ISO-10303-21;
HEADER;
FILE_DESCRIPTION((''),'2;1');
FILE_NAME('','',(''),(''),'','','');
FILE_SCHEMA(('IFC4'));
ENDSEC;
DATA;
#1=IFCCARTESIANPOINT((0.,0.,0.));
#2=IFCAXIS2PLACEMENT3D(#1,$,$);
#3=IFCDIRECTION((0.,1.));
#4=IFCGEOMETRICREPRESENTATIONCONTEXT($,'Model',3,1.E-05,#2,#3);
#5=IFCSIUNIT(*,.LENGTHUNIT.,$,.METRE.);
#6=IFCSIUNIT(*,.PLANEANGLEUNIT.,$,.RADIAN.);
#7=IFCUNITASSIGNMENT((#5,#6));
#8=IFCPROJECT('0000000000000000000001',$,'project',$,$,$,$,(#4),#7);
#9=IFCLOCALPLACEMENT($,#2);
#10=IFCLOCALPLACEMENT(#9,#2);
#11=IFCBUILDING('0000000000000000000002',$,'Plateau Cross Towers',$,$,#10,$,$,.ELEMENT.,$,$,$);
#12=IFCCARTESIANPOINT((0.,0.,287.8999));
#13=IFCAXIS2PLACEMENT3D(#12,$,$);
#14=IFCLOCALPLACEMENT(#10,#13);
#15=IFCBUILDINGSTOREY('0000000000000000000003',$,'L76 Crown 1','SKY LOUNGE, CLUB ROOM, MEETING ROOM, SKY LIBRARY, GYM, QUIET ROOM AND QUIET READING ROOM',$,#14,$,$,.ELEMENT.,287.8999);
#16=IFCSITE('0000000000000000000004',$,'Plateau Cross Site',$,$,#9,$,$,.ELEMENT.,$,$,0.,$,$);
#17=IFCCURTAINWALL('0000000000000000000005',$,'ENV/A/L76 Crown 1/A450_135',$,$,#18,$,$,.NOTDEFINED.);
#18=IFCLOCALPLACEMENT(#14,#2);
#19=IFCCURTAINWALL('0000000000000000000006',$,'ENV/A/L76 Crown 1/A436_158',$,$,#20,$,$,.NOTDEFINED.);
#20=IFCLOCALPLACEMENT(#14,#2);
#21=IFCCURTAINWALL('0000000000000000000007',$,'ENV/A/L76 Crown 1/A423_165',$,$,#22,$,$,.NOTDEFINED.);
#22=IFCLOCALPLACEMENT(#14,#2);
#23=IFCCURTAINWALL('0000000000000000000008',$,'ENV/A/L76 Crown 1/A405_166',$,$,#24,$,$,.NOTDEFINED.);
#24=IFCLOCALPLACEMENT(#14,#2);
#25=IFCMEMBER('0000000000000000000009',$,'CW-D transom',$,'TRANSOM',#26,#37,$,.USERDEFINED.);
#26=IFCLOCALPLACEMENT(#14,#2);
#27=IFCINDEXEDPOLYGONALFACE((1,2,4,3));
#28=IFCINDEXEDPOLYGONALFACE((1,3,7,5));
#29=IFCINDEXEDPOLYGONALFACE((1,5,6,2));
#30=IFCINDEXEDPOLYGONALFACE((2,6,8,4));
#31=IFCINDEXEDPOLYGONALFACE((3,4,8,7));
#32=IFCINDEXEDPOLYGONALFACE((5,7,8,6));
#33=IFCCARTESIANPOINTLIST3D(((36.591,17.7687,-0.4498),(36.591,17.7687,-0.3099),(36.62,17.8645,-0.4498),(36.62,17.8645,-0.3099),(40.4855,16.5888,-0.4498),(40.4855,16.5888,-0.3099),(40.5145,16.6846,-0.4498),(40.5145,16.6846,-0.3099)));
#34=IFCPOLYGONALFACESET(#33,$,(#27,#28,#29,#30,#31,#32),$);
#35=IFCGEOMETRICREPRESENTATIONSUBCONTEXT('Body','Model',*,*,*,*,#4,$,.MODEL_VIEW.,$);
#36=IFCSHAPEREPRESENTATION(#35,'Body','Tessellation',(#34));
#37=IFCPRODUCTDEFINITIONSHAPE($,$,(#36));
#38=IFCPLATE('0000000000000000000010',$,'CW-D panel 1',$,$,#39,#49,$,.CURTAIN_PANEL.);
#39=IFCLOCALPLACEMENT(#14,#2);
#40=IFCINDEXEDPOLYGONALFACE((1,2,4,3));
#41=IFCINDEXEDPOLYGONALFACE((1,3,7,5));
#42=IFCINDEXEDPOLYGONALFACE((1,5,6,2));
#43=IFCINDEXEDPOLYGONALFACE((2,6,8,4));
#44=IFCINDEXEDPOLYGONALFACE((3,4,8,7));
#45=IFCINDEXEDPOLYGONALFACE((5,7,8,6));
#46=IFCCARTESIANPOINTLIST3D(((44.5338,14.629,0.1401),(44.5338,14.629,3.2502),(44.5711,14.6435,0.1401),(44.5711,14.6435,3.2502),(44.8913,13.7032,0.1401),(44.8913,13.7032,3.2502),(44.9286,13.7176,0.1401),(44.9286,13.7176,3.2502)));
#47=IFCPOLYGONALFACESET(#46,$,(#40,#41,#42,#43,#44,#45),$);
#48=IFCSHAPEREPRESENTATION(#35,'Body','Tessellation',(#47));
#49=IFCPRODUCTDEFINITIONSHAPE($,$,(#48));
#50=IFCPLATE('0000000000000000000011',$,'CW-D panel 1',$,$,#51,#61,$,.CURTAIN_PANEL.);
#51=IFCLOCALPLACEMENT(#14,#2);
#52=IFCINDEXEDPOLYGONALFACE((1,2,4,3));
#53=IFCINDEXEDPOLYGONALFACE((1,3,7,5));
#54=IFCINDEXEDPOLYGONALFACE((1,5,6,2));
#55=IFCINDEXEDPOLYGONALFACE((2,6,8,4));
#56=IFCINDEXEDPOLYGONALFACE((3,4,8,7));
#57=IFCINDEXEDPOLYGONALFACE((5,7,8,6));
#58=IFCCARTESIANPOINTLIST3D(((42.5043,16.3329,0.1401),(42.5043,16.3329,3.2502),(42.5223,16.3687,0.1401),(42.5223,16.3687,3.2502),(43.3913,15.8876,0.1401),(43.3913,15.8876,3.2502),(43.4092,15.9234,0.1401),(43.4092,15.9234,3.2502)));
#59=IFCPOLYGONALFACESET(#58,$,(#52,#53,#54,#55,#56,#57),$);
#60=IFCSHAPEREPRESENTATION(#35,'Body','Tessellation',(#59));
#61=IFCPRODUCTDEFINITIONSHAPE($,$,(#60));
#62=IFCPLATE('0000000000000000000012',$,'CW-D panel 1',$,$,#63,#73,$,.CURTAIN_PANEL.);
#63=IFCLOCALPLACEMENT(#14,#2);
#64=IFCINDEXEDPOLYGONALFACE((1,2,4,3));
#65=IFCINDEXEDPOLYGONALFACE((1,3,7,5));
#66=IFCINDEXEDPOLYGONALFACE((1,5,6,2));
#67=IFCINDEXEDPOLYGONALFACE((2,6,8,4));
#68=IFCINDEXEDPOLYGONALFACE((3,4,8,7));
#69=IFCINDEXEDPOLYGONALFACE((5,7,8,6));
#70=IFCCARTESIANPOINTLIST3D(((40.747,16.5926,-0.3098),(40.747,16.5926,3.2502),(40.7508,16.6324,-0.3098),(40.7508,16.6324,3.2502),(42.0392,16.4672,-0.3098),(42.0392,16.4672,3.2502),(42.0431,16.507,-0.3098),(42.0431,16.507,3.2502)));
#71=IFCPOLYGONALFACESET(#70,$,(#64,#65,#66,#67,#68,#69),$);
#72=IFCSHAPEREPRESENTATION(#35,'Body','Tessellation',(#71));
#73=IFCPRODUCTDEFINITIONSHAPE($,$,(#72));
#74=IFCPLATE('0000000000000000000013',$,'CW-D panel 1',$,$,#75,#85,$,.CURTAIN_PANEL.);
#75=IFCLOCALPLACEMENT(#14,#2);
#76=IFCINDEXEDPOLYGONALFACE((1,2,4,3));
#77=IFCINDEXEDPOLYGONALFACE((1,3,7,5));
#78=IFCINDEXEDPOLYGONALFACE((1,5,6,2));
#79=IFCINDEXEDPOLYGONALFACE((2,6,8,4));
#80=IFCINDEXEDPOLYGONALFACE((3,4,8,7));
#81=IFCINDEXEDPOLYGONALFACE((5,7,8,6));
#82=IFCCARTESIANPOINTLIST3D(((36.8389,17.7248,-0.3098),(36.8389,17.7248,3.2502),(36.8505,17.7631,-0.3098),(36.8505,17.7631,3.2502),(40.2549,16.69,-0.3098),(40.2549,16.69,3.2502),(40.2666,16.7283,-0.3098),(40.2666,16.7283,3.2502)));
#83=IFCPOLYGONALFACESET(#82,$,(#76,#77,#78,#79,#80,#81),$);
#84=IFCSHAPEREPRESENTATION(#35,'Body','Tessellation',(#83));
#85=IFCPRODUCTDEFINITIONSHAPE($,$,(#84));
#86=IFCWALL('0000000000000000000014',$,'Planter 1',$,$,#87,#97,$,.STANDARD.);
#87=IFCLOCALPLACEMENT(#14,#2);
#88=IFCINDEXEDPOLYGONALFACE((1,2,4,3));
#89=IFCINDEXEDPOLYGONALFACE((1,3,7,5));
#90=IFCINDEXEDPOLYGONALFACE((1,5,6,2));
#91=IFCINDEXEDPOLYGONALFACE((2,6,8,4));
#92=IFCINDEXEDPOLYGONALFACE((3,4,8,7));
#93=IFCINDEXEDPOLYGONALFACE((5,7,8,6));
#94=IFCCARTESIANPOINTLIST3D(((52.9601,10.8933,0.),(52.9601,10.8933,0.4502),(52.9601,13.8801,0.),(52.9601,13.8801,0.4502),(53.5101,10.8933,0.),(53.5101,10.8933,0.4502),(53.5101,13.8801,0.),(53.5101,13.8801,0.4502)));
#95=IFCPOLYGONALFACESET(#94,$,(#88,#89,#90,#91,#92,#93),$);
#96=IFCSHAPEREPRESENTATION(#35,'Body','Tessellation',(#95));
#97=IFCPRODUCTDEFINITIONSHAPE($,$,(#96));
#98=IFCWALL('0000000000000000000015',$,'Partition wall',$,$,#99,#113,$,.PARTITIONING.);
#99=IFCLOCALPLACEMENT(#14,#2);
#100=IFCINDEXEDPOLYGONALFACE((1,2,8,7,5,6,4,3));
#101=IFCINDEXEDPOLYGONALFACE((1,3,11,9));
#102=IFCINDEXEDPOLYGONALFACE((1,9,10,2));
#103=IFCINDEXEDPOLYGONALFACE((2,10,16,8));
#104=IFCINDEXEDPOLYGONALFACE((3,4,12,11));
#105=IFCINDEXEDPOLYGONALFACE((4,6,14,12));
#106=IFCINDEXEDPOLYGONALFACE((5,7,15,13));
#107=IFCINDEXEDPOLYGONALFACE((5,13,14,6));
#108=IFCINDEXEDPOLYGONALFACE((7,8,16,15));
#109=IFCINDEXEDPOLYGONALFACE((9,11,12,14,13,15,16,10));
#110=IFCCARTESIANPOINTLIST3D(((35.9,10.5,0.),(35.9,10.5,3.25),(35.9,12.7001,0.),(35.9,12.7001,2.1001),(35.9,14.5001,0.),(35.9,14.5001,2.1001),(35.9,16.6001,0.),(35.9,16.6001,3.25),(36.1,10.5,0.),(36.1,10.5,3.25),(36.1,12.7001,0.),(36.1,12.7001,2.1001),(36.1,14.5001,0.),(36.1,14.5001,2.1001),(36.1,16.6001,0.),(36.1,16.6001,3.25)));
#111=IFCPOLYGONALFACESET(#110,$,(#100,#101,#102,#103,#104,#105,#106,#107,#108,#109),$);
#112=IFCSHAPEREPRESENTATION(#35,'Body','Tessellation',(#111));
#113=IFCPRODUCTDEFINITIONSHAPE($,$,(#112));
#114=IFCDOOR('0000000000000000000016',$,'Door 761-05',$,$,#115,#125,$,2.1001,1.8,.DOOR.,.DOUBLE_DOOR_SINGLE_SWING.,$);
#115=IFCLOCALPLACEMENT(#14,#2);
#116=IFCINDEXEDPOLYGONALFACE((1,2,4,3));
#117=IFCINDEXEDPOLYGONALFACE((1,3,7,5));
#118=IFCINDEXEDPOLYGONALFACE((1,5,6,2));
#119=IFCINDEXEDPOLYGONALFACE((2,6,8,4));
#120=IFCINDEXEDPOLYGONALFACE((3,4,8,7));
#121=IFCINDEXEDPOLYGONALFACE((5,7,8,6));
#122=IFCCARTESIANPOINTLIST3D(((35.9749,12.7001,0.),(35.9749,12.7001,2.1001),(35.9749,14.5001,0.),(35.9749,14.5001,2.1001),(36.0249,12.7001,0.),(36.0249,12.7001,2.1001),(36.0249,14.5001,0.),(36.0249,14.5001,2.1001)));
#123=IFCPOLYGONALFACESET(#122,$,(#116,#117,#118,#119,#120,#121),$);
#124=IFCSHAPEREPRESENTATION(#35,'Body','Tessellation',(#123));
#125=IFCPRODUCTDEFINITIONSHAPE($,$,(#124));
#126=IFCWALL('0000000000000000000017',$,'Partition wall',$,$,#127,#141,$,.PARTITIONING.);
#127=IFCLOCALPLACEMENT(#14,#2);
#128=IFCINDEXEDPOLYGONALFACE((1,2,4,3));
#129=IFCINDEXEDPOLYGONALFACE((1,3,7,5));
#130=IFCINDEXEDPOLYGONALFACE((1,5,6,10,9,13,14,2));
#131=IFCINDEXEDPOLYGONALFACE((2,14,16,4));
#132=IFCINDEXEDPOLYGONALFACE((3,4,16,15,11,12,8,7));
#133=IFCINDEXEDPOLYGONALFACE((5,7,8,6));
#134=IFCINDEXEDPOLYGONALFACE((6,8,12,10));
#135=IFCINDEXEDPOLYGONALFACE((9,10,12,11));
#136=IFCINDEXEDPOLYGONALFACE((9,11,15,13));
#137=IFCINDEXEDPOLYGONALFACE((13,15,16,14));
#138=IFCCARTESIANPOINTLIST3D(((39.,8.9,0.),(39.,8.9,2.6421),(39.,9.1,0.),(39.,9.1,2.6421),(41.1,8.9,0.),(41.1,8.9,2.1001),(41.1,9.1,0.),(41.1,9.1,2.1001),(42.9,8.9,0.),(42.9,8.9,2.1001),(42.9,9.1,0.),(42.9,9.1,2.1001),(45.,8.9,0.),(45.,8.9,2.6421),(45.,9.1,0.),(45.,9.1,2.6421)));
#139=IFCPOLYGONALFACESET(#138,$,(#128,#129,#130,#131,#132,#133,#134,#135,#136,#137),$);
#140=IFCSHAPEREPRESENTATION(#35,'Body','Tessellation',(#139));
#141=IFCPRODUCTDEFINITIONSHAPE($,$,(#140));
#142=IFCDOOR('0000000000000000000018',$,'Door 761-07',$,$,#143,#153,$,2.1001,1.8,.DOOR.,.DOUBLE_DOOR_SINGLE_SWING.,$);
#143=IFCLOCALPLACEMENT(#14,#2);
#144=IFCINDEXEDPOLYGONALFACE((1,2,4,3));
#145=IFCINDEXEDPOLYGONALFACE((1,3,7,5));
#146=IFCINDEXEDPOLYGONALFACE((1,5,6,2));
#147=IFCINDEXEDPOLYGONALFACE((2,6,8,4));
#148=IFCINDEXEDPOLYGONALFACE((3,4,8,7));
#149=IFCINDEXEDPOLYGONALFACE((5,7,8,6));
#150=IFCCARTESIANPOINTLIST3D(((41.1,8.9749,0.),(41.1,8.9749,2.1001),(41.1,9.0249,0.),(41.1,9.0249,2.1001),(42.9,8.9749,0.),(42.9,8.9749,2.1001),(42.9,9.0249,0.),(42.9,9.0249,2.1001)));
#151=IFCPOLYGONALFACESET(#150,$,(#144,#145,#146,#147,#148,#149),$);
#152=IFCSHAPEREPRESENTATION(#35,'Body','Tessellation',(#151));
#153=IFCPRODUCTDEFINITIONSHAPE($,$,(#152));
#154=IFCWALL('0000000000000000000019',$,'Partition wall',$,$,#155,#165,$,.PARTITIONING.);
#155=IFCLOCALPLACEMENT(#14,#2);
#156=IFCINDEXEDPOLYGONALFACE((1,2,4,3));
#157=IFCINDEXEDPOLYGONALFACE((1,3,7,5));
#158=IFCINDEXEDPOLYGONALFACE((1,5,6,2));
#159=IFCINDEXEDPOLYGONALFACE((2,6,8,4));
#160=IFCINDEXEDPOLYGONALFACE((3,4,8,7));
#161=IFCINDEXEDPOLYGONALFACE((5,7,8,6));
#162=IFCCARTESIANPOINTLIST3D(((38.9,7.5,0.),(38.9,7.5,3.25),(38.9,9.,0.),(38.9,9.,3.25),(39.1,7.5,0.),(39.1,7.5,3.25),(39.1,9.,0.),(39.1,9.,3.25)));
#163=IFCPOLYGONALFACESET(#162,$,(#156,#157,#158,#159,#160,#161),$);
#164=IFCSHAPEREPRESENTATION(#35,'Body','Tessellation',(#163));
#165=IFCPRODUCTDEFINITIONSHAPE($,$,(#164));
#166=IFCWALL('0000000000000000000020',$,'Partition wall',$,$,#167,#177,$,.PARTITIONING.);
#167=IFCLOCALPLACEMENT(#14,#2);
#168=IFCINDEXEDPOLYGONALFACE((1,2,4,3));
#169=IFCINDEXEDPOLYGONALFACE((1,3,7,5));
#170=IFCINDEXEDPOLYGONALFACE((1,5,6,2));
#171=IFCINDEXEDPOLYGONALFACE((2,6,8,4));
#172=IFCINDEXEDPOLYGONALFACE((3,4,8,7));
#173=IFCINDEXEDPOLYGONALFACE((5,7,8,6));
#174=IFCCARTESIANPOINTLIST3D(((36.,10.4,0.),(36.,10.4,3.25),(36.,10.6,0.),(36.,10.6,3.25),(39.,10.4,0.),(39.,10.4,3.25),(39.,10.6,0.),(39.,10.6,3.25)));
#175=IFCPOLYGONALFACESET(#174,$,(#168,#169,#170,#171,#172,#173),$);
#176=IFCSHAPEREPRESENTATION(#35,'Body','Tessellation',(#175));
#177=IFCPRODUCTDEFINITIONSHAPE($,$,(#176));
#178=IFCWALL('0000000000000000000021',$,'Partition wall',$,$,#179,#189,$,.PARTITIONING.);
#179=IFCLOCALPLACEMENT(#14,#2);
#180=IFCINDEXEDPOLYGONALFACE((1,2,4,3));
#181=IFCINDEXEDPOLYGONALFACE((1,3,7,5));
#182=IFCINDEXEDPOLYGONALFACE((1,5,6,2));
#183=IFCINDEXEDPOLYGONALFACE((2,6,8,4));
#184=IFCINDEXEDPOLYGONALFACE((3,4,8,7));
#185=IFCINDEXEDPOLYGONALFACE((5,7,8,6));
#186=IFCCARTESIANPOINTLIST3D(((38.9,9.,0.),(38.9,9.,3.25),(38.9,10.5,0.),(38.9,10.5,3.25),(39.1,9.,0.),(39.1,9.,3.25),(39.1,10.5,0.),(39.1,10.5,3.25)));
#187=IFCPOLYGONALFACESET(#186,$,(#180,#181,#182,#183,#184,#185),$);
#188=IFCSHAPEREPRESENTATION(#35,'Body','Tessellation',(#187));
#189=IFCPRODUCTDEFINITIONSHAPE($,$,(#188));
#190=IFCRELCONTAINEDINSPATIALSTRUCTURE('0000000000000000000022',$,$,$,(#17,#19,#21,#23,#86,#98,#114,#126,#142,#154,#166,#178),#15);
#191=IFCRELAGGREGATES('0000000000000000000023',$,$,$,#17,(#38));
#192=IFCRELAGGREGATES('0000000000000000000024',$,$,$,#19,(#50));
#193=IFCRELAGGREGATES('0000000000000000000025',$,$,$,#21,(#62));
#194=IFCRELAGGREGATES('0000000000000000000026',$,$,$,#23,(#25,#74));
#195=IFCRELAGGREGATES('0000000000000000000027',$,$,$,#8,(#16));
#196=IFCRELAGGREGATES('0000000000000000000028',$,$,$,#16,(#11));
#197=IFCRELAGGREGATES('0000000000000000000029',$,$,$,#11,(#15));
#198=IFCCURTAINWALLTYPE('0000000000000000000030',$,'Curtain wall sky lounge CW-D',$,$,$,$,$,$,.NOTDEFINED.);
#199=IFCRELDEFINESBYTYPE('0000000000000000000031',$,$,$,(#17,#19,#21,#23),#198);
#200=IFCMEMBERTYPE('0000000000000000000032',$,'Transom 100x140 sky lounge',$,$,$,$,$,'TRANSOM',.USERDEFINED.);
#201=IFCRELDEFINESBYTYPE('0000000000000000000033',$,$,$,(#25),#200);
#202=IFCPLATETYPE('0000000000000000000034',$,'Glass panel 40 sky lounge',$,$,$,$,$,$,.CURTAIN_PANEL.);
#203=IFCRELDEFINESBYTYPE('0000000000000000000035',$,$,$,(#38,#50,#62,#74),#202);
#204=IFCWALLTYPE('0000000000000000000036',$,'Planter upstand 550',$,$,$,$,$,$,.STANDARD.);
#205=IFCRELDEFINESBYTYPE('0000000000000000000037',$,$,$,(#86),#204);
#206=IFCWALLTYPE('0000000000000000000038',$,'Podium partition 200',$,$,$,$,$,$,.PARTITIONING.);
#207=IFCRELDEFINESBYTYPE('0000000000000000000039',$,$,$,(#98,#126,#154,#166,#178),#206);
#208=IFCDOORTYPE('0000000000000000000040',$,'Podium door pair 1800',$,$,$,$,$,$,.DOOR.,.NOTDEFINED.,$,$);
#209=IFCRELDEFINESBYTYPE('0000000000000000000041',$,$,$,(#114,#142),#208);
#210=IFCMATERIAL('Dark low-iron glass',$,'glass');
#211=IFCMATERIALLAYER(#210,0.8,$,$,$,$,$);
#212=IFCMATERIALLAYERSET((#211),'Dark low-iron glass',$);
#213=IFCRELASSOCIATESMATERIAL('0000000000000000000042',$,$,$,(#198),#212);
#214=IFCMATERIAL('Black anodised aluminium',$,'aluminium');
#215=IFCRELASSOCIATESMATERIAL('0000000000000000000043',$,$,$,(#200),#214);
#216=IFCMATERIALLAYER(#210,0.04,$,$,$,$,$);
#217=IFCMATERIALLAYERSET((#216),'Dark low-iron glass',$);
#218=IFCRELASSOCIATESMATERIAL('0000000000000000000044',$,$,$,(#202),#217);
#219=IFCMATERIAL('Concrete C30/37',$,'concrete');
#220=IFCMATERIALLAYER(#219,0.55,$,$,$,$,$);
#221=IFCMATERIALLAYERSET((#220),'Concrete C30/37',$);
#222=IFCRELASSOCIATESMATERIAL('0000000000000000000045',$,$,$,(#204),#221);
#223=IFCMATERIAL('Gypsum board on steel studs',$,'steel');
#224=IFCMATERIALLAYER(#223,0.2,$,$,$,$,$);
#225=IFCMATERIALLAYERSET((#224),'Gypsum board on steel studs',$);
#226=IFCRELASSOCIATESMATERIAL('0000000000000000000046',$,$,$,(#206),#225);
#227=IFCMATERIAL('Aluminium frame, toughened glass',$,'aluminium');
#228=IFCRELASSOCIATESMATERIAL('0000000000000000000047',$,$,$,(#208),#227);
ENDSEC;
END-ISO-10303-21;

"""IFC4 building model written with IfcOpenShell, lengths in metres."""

from ifc_helpers import new_model, si_unit, direction, frame, frame_2d, origin, origin_2d, place, context, subcontext, project, spatial, rectangle, extrude, material, layer, layer_set, material_profile, profile_set, type_object, element, fill, aggregate, save


model = new_model("IFC4")

# Units and contexts
model_context = context("Model", 3, precision=1e-05, world=origin(), true_north=direction((0.0, 1.0)))
body_context = subcontext(model_context, "Body", "Model", "MODEL_VIEW")
ifc_project = project(units=[si_unit("LENGTHUNIT", "METRE"), si_unit("PLANEANGLEUNIT", "RADIAN")], contexts=[model_context])

# Site, building, storey
site_placement = place(None, origin())
site = spatial("IfcSite", under=ifc_project, at=site_placement, Name="Plateau Cross Site", CompositionType="ELEMENT", RefElevation=0.0)
building_placement = place(site_placement, origin())
building = spatial("IfcBuilding", under=site, at=building_placement, Name="Plateau Cross Towers", CompositionType="ELEMENT")
storey_placement = place(building_placement, frame((0.0, 0.0, 287.8999)))
storey = spatial("IfcBuildingStorey", under=building, at=storey_placement, Name="L76 Crown 1", Description="SKY LOUNGE, CLUB ROOM, MEETING ROOM, SKY LIBRARY, GYM, QUIET ROOM AND QUIET READING ROOM", CompositionType="ELEMENT", Elevation=287.8999)

# Curtain wall
ifc_material_1 = material(Name="Dark low-iron glass", Category="glass")
ifc_layer_1 = layer(ifc_material_1, 0.8)
ifc_layer_set_1 = layer_set([ifc_layer_1], Name="Dark low-iron glass")
curtain_wall_type = type_object("IfcCurtainWallType", Name="Curtain wall sky lounge CW-D", PredefinedType="NOTDEFINED", material=ifc_layer_set_1)
curtain_wall_1_placement = place(storey_placement, origin())
curtain_wall_1 = element("IfcCurtainWall", 1, at=curtain_wall_1_placement, inside=storey, type_object=curtain_wall_type, Name="ENV/A/L76 Crown 1/A450_135", PredefinedType="NOTDEFINED")
ifc_material_2 = material(Name="Black anodised aluminium", Category="aluminium")

# Curtain walls
curtain_wall_2_placement = place(storey_placement, origin())
curtain_wall_2 = element("IfcCurtainWall", 2, at=curtain_wall_2_placement, inside=storey, type_object=curtain_wall_type, Name="ENV/A/L76 Crown 1/A436_158", PredefinedType="NOTDEFINED")
curtain_wall_3_placement = place(storey_placement, origin())
curtain_wall_3 = element("IfcCurtainWall", 3, at=curtain_wall_3_placement, inside=storey, type_object=curtain_wall_type, Name="ENV/A/L76 Crown 1/A423_165", PredefinedType="NOTDEFINED")

# Curtain wall
curtain_wall_4_placement = place(storey_placement, origin())
curtain_wall_4 = element("IfcCurtainWall", 4, at=curtain_wall_4_placement, inside=storey, type_object=curtain_wall_type, Name="ENV/A/L76 Crown 1/A405_166", PredefinedType="NOTDEFINED")

# Member
ifc_material_profile_1 = material_profile(ifc_material_2, rectangle(XDim=0.1001, YDim=0.1399, at=origin_2d()), Name="TRANSOM 100x140")
ifc_profile_set_1 = profile_set([ifc_material_profile_1], Name="Black anodised aluminium")
member_type_1 = type_object("IfcMemberType", Name="Transom 100x140 sky lounge", ElementType="TRANSOM", PredefinedType="USERDEFINED", material=ifc_profile_set_1)
member_1_placement = place(storey_placement, frame((40.5, 16.6367, -0.3799), z_axis=(-0.95704, 0.289956, 0.0), x_axis=(-0.289956, -0.95704, 0.0)))
member_1 = element("IfcMember", 5, at=member_1_placement, type_object=member_type_1, Name="CW-D transom", ObjectType="TRANSOM", PredefinedType="USERDEFINED", context=body_context, shape_type="SweptSolid", body=[
    extrude(rectangle(XDim=0.1001, YDim=0.1399, at=origin_2d()), origin(), (0.0, 0.0, 1.0), 4.0693),
])

# Plates
ifc_layer_2 = layer(ifc_material_1, 0.04)
ifc_layer_set_2 = layer_set([ifc_layer_2], Name="Dark low-iron glass")
plate_type = type_object("IfcPlateType", Name="Glass panel 40 sky lounge", PredefinedType="CURTAIN_PANEL", material=ifc_layer_set_2)
plate_1_placement = place(storey_placement, frame((44.7312, 14.1733, 0.1401), z_axis=(0.0, 0.0, 1.0), x_axis=(-0.360226, 0.932865, 0.0)))
plate_1 = element("IfcPlate", 6, at=plate_1_placement, type_object=plate_type, Name="CW-D panel 1", PredefinedType="CURTAIN_PANEL", context=body_context, shape_type="SweptSolid", body=[
    extrude(rectangle(XDim=0.9924, YDim=0.04, at=origin_2d()), origin(), (0.0, 0.0, 1.0), 3.1101),
])
aggregate(curtain_wall_1, [plate_1])
plate_2_placement = place(storey_placement, frame((42.9568, 16.1282, 0.1401), z_axis=(0.0, 0.0, 1.0), x_axis=(-0.893702, 0.448661, 0.0)))
plate_2 = element("IfcPlate", 7, at=plate_2_placement, type_object=plate_type, Name="CW-D panel 1", PredefinedType="CURTAIN_PANEL", context=body_context, shape_type="SweptSolid", body=[
    extrude(rectangle(XDim=0.9924, YDim=0.04, at=origin_2d()), origin(), (0.0, 0.0, 1.0), 3.1101),
])
aggregate(curtain_wall_2, [plate_2])
plate_3_placement = place(storey_placement, frame((41.395, 16.5498, -0.3098), z_axis=(0.0, 0.0, 1.0), x_axis=(-0.995323, 0.096606, 0.0)))
plate_3 = element("IfcPlate", 8, at=plate_3_placement, type_object=plate_type, Name="CW-D panel 1", PredefinedType="CURTAIN_PANEL", context=body_context, shape_type="SweptSolid", body=[
    extrude(rectangle(XDim=1.2983, YDim=0.04, at=origin_2d()), origin(), (0.0, 0.0, 1.0), 3.5601),
])
aggregate(curtain_wall_3, [plate_3])
plate_4_placement = place(storey_placement, frame((38.5527, 17.2266, -0.3098), z_axis=(0.0, 0.0, 1.0), x_axis=(-0.957048, 0.289928, 0.0)))
plate_4 = element("IfcPlate", 9, at=plate_4_placement, type_object=plate_type, Name="CW-D panel 1", PredefinedType="CURTAIN_PANEL", context=body_context, shape_type="SweptSolid", body=[
    extrude(rectangle(XDim=3.5693, YDim=0.04, at=origin_2d()), origin(), (0.0, 0.0, 1.0), 3.5601),
])
aggregate(curtain_wall_4, [member_1, plate_4])

# Wall
ifc_material_3 = material(Name="Concrete C30/37", Category="concrete")
ifc_layer_3 = layer(ifc_material_3, 0.55)
ifc_layer_set_3 = layer_set([ifc_layer_3], Name="Concrete C30/37")
wall_type_1 = type_object("IfcWallType", Name="Planter upstand 550", PredefinedType="STANDARD", material=ifc_layer_set_3)
wall_1_placement = place(storey_placement, frame((53.2351, 13.8801, 0.0), z_axis=(0.0, 0.0, 1.0), x_axis=(0.0, -1.0, 0.0)))
element("IfcWall", 10, at=wall_1_placement, inside=storey, type_object=wall_type_1, Name="Planter 1", PredefinedType="STANDARD", context=body_context, shape_type="SweptSolid", body=[
    extrude(rectangle(XDim=2.9868, YDim=0.55, at=frame_2d((1.4934, 0.0))), origin(), (0.0, 0.0, 1.0), 0.4502),
])

# Walls, openings, doors
ifc_material_4 = material(Name="Gypsum board on steel studs", Category="steel")
ifc_layer_4 = layer(ifc_material_4, 0.2)
ifc_layer_set_4 = layer_set([ifc_layer_4], Name="Gypsum board on steel studs")
wall_type_2 = type_object("IfcWallType", Name="Podium partition 200", PredefinedType="PARTITIONING", material=ifc_layer_set_4)
wall_2_placement = place(storey_placement, frame((36.0, 16.6001, 0.0), z_axis=(0.0, 0.0, 1.0), x_axis=(0.0, -1.0, 0.0)))
wall_2 = element("IfcWall", 11, at=wall_2_placement, inside=storey, type_object=wall_type_2, Name="Partition wall", PredefinedType="PARTITIONING", context=body_context, shape_type="SweptSolid", body=[
    extrude(rectangle(XDim=6.1001, YDim=0.2, at=frame_2d((3.05, 0.0))), origin(), (0.0, 0.0, 1.0), 3.25),
])
opening_1_placement = place(wall_2_placement, frame((2.1001, 0.0, 0.0)))
opening_1 = element("IfcOpeningElement", 12, at=opening_1_placement, cuts=wall_2, PredefinedType="OPENING", context=body_context, shape_type="SweptSolid", body=[
    extrude(rectangle(XDim=1.8, YDim=2.1001, at=frame_2d((0.8999, 1.05))), frame((0.0, 0.1099, 0.0), z_axis=(0.0, -1.0, 0.0), x_axis=(1.0, 0.0, 0.0)), (0.0, 0.0, 1.0), 0.22),
])
ifc_material_5 = material(Name="Aluminium frame, toughened glass", Category="aluminium")
door_type_1 = type_object("IfcDoorType", Name="Podium door pair 1800", OperationType="NOTDEFINED", PredefinedType="DOOR", material=ifc_material_5)
door_1_placement = place(opening_1_placement, origin())
door_1 = element("IfcDoor", 13, at=door_1_placement, inside=storey, type_object=door_type_1, Name="Door 761-05", OperationType="DOUBLE_DOOR_SINGLE_SWING", OverallHeight=2.1001, OverallWidth=1.8, PredefinedType="DOOR", context=body_context, shape_type="SweptSolid", body=[
    extrude(rectangle(XDim=1.8, YDim=2.1001, at=frame_2d((0.8999, 1.05))), frame((0.0, 0.0249, 0.0), z_axis=(0.0, -1.0, 0.0), x_axis=(1.0, 0.0, 0.0)), (0.0, 0.0, 1.0), 0.05),
])
fill(opening_1, door_1)
wall_3_placement = place(storey_placement, frame((39.0, 9.0, 0.0), z_axis=(0.0, 0.0, 1.0), x_axis=(1.0, 0.0, 0.0)))
wall_3 = element("IfcWall", 14, at=wall_3_placement, inside=storey, type_object=wall_type_2, Name="Partition wall", PredefinedType="PARTITIONING", context=body_context, shape_type="SweptSolid", body=[
    extrude(rectangle(XDim=6.0, YDim=0.2, at=frame_2d((3.0, 0.0))), origin(), (0.0, 0.0, 1.0), 2.6421),
])
opening_2_placement = place(wall_3_placement, frame((2.1001, 0.0, 0.0)))
opening_2 = element("IfcOpeningElement", 15, at=opening_2_placement, cuts=wall_3, PredefinedType="OPENING", context=body_context, shape_type="SweptSolid", body=[
    extrude(rectangle(XDim=1.8, YDim=2.1001, at=frame_2d((0.8999, 1.05))), frame((0.0, 0.1099, 0.0), z_axis=(0.0, -1.0, 0.0), x_axis=(1.0, 0.0, 0.0)), (0.0, 0.0, 1.0), 0.22),
])
door_2_placement = place(opening_2_placement, origin())
door_2 = element("IfcDoor", 16, at=door_2_placement, inside=storey, type_object=door_type_1, Name="Door 761-07", OperationType="DOUBLE_DOOR_SINGLE_SWING", OverallHeight=2.1001, OverallWidth=1.8, PredefinedType="DOOR", context=body_context, shape_type="SweptSolid", body=[
    extrude(rectangle(XDim=1.8, YDim=2.1001, at=frame_2d((0.8999, 1.05))), frame((0.0, 0.0249, 0.0), z_axis=(0.0, -1.0, 0.0), x_axis=(1.0, 0.0, 0.0)), (0.0, 0.0, 1.0), 0.05),
])
fill(opening_2, door_2)

# Walls
wall_4_placement = place(storey_placement, frame((39.0, 9.0, 0.0), z_axis=(0.0, 0.0, 1.0), x_axis=(0.0, -1.0, 0.0)))
element("IfcWall", 17, at=wall_4_placement, inside=storey, type_object=wall_type_2, Name="Partition wall", PredefinedType="PARTITIONING", context=body_context, shape_type="SweptSolid", body=[
    extrude(rectangle(XDim=1.5, YDim=0.2, at=frame_2d((0.75, 0.0))), origin(), (0.0, 0.0, 1.0), 3.25),
])
wall_5_placement = place(storey_placement, frame((36.0, 10.5, 0.0), z_axis=(0.0, 0.0, 1.0), x_axis=(1.0, 0.0, 0.0)))
element("IfcWall", 18, at=wall_5_placement, inside=storey, type_object=wall_type_2, Name="Partition wall", PredefinedType="PARTITIONING", context=body_context, shape_type="SweptSolid", body=[
    extrude(rectangle(XDim=3.0, YDim=0.2, at=frame_2d((1.5, 0.0))), origin(), (0.0, 0.0, 1.0), 3.25),
])
wall_6_placement = place(storey_placement, frame((39.0, 10.5, 0.0), z_axis=(0.0, 0.0, 1.0), x_axis=(0.0, -1.0, 0.0)))
element("IfcWall", 19, at=wall_6_placement, inside=storey, type_object=wall_type_2, Name="Partition wall", PredefinedType="PARTITIONING", context=body_context, shape_type="SweptSolid", body=[
    extrude(rectangle(XDim=1.5, YDim=0.2, at=frame_2d((0.75, 0.0))), origin(), (0.0, 0.0, 1.0), 3.25),
])

save(model, "model.ifc")
